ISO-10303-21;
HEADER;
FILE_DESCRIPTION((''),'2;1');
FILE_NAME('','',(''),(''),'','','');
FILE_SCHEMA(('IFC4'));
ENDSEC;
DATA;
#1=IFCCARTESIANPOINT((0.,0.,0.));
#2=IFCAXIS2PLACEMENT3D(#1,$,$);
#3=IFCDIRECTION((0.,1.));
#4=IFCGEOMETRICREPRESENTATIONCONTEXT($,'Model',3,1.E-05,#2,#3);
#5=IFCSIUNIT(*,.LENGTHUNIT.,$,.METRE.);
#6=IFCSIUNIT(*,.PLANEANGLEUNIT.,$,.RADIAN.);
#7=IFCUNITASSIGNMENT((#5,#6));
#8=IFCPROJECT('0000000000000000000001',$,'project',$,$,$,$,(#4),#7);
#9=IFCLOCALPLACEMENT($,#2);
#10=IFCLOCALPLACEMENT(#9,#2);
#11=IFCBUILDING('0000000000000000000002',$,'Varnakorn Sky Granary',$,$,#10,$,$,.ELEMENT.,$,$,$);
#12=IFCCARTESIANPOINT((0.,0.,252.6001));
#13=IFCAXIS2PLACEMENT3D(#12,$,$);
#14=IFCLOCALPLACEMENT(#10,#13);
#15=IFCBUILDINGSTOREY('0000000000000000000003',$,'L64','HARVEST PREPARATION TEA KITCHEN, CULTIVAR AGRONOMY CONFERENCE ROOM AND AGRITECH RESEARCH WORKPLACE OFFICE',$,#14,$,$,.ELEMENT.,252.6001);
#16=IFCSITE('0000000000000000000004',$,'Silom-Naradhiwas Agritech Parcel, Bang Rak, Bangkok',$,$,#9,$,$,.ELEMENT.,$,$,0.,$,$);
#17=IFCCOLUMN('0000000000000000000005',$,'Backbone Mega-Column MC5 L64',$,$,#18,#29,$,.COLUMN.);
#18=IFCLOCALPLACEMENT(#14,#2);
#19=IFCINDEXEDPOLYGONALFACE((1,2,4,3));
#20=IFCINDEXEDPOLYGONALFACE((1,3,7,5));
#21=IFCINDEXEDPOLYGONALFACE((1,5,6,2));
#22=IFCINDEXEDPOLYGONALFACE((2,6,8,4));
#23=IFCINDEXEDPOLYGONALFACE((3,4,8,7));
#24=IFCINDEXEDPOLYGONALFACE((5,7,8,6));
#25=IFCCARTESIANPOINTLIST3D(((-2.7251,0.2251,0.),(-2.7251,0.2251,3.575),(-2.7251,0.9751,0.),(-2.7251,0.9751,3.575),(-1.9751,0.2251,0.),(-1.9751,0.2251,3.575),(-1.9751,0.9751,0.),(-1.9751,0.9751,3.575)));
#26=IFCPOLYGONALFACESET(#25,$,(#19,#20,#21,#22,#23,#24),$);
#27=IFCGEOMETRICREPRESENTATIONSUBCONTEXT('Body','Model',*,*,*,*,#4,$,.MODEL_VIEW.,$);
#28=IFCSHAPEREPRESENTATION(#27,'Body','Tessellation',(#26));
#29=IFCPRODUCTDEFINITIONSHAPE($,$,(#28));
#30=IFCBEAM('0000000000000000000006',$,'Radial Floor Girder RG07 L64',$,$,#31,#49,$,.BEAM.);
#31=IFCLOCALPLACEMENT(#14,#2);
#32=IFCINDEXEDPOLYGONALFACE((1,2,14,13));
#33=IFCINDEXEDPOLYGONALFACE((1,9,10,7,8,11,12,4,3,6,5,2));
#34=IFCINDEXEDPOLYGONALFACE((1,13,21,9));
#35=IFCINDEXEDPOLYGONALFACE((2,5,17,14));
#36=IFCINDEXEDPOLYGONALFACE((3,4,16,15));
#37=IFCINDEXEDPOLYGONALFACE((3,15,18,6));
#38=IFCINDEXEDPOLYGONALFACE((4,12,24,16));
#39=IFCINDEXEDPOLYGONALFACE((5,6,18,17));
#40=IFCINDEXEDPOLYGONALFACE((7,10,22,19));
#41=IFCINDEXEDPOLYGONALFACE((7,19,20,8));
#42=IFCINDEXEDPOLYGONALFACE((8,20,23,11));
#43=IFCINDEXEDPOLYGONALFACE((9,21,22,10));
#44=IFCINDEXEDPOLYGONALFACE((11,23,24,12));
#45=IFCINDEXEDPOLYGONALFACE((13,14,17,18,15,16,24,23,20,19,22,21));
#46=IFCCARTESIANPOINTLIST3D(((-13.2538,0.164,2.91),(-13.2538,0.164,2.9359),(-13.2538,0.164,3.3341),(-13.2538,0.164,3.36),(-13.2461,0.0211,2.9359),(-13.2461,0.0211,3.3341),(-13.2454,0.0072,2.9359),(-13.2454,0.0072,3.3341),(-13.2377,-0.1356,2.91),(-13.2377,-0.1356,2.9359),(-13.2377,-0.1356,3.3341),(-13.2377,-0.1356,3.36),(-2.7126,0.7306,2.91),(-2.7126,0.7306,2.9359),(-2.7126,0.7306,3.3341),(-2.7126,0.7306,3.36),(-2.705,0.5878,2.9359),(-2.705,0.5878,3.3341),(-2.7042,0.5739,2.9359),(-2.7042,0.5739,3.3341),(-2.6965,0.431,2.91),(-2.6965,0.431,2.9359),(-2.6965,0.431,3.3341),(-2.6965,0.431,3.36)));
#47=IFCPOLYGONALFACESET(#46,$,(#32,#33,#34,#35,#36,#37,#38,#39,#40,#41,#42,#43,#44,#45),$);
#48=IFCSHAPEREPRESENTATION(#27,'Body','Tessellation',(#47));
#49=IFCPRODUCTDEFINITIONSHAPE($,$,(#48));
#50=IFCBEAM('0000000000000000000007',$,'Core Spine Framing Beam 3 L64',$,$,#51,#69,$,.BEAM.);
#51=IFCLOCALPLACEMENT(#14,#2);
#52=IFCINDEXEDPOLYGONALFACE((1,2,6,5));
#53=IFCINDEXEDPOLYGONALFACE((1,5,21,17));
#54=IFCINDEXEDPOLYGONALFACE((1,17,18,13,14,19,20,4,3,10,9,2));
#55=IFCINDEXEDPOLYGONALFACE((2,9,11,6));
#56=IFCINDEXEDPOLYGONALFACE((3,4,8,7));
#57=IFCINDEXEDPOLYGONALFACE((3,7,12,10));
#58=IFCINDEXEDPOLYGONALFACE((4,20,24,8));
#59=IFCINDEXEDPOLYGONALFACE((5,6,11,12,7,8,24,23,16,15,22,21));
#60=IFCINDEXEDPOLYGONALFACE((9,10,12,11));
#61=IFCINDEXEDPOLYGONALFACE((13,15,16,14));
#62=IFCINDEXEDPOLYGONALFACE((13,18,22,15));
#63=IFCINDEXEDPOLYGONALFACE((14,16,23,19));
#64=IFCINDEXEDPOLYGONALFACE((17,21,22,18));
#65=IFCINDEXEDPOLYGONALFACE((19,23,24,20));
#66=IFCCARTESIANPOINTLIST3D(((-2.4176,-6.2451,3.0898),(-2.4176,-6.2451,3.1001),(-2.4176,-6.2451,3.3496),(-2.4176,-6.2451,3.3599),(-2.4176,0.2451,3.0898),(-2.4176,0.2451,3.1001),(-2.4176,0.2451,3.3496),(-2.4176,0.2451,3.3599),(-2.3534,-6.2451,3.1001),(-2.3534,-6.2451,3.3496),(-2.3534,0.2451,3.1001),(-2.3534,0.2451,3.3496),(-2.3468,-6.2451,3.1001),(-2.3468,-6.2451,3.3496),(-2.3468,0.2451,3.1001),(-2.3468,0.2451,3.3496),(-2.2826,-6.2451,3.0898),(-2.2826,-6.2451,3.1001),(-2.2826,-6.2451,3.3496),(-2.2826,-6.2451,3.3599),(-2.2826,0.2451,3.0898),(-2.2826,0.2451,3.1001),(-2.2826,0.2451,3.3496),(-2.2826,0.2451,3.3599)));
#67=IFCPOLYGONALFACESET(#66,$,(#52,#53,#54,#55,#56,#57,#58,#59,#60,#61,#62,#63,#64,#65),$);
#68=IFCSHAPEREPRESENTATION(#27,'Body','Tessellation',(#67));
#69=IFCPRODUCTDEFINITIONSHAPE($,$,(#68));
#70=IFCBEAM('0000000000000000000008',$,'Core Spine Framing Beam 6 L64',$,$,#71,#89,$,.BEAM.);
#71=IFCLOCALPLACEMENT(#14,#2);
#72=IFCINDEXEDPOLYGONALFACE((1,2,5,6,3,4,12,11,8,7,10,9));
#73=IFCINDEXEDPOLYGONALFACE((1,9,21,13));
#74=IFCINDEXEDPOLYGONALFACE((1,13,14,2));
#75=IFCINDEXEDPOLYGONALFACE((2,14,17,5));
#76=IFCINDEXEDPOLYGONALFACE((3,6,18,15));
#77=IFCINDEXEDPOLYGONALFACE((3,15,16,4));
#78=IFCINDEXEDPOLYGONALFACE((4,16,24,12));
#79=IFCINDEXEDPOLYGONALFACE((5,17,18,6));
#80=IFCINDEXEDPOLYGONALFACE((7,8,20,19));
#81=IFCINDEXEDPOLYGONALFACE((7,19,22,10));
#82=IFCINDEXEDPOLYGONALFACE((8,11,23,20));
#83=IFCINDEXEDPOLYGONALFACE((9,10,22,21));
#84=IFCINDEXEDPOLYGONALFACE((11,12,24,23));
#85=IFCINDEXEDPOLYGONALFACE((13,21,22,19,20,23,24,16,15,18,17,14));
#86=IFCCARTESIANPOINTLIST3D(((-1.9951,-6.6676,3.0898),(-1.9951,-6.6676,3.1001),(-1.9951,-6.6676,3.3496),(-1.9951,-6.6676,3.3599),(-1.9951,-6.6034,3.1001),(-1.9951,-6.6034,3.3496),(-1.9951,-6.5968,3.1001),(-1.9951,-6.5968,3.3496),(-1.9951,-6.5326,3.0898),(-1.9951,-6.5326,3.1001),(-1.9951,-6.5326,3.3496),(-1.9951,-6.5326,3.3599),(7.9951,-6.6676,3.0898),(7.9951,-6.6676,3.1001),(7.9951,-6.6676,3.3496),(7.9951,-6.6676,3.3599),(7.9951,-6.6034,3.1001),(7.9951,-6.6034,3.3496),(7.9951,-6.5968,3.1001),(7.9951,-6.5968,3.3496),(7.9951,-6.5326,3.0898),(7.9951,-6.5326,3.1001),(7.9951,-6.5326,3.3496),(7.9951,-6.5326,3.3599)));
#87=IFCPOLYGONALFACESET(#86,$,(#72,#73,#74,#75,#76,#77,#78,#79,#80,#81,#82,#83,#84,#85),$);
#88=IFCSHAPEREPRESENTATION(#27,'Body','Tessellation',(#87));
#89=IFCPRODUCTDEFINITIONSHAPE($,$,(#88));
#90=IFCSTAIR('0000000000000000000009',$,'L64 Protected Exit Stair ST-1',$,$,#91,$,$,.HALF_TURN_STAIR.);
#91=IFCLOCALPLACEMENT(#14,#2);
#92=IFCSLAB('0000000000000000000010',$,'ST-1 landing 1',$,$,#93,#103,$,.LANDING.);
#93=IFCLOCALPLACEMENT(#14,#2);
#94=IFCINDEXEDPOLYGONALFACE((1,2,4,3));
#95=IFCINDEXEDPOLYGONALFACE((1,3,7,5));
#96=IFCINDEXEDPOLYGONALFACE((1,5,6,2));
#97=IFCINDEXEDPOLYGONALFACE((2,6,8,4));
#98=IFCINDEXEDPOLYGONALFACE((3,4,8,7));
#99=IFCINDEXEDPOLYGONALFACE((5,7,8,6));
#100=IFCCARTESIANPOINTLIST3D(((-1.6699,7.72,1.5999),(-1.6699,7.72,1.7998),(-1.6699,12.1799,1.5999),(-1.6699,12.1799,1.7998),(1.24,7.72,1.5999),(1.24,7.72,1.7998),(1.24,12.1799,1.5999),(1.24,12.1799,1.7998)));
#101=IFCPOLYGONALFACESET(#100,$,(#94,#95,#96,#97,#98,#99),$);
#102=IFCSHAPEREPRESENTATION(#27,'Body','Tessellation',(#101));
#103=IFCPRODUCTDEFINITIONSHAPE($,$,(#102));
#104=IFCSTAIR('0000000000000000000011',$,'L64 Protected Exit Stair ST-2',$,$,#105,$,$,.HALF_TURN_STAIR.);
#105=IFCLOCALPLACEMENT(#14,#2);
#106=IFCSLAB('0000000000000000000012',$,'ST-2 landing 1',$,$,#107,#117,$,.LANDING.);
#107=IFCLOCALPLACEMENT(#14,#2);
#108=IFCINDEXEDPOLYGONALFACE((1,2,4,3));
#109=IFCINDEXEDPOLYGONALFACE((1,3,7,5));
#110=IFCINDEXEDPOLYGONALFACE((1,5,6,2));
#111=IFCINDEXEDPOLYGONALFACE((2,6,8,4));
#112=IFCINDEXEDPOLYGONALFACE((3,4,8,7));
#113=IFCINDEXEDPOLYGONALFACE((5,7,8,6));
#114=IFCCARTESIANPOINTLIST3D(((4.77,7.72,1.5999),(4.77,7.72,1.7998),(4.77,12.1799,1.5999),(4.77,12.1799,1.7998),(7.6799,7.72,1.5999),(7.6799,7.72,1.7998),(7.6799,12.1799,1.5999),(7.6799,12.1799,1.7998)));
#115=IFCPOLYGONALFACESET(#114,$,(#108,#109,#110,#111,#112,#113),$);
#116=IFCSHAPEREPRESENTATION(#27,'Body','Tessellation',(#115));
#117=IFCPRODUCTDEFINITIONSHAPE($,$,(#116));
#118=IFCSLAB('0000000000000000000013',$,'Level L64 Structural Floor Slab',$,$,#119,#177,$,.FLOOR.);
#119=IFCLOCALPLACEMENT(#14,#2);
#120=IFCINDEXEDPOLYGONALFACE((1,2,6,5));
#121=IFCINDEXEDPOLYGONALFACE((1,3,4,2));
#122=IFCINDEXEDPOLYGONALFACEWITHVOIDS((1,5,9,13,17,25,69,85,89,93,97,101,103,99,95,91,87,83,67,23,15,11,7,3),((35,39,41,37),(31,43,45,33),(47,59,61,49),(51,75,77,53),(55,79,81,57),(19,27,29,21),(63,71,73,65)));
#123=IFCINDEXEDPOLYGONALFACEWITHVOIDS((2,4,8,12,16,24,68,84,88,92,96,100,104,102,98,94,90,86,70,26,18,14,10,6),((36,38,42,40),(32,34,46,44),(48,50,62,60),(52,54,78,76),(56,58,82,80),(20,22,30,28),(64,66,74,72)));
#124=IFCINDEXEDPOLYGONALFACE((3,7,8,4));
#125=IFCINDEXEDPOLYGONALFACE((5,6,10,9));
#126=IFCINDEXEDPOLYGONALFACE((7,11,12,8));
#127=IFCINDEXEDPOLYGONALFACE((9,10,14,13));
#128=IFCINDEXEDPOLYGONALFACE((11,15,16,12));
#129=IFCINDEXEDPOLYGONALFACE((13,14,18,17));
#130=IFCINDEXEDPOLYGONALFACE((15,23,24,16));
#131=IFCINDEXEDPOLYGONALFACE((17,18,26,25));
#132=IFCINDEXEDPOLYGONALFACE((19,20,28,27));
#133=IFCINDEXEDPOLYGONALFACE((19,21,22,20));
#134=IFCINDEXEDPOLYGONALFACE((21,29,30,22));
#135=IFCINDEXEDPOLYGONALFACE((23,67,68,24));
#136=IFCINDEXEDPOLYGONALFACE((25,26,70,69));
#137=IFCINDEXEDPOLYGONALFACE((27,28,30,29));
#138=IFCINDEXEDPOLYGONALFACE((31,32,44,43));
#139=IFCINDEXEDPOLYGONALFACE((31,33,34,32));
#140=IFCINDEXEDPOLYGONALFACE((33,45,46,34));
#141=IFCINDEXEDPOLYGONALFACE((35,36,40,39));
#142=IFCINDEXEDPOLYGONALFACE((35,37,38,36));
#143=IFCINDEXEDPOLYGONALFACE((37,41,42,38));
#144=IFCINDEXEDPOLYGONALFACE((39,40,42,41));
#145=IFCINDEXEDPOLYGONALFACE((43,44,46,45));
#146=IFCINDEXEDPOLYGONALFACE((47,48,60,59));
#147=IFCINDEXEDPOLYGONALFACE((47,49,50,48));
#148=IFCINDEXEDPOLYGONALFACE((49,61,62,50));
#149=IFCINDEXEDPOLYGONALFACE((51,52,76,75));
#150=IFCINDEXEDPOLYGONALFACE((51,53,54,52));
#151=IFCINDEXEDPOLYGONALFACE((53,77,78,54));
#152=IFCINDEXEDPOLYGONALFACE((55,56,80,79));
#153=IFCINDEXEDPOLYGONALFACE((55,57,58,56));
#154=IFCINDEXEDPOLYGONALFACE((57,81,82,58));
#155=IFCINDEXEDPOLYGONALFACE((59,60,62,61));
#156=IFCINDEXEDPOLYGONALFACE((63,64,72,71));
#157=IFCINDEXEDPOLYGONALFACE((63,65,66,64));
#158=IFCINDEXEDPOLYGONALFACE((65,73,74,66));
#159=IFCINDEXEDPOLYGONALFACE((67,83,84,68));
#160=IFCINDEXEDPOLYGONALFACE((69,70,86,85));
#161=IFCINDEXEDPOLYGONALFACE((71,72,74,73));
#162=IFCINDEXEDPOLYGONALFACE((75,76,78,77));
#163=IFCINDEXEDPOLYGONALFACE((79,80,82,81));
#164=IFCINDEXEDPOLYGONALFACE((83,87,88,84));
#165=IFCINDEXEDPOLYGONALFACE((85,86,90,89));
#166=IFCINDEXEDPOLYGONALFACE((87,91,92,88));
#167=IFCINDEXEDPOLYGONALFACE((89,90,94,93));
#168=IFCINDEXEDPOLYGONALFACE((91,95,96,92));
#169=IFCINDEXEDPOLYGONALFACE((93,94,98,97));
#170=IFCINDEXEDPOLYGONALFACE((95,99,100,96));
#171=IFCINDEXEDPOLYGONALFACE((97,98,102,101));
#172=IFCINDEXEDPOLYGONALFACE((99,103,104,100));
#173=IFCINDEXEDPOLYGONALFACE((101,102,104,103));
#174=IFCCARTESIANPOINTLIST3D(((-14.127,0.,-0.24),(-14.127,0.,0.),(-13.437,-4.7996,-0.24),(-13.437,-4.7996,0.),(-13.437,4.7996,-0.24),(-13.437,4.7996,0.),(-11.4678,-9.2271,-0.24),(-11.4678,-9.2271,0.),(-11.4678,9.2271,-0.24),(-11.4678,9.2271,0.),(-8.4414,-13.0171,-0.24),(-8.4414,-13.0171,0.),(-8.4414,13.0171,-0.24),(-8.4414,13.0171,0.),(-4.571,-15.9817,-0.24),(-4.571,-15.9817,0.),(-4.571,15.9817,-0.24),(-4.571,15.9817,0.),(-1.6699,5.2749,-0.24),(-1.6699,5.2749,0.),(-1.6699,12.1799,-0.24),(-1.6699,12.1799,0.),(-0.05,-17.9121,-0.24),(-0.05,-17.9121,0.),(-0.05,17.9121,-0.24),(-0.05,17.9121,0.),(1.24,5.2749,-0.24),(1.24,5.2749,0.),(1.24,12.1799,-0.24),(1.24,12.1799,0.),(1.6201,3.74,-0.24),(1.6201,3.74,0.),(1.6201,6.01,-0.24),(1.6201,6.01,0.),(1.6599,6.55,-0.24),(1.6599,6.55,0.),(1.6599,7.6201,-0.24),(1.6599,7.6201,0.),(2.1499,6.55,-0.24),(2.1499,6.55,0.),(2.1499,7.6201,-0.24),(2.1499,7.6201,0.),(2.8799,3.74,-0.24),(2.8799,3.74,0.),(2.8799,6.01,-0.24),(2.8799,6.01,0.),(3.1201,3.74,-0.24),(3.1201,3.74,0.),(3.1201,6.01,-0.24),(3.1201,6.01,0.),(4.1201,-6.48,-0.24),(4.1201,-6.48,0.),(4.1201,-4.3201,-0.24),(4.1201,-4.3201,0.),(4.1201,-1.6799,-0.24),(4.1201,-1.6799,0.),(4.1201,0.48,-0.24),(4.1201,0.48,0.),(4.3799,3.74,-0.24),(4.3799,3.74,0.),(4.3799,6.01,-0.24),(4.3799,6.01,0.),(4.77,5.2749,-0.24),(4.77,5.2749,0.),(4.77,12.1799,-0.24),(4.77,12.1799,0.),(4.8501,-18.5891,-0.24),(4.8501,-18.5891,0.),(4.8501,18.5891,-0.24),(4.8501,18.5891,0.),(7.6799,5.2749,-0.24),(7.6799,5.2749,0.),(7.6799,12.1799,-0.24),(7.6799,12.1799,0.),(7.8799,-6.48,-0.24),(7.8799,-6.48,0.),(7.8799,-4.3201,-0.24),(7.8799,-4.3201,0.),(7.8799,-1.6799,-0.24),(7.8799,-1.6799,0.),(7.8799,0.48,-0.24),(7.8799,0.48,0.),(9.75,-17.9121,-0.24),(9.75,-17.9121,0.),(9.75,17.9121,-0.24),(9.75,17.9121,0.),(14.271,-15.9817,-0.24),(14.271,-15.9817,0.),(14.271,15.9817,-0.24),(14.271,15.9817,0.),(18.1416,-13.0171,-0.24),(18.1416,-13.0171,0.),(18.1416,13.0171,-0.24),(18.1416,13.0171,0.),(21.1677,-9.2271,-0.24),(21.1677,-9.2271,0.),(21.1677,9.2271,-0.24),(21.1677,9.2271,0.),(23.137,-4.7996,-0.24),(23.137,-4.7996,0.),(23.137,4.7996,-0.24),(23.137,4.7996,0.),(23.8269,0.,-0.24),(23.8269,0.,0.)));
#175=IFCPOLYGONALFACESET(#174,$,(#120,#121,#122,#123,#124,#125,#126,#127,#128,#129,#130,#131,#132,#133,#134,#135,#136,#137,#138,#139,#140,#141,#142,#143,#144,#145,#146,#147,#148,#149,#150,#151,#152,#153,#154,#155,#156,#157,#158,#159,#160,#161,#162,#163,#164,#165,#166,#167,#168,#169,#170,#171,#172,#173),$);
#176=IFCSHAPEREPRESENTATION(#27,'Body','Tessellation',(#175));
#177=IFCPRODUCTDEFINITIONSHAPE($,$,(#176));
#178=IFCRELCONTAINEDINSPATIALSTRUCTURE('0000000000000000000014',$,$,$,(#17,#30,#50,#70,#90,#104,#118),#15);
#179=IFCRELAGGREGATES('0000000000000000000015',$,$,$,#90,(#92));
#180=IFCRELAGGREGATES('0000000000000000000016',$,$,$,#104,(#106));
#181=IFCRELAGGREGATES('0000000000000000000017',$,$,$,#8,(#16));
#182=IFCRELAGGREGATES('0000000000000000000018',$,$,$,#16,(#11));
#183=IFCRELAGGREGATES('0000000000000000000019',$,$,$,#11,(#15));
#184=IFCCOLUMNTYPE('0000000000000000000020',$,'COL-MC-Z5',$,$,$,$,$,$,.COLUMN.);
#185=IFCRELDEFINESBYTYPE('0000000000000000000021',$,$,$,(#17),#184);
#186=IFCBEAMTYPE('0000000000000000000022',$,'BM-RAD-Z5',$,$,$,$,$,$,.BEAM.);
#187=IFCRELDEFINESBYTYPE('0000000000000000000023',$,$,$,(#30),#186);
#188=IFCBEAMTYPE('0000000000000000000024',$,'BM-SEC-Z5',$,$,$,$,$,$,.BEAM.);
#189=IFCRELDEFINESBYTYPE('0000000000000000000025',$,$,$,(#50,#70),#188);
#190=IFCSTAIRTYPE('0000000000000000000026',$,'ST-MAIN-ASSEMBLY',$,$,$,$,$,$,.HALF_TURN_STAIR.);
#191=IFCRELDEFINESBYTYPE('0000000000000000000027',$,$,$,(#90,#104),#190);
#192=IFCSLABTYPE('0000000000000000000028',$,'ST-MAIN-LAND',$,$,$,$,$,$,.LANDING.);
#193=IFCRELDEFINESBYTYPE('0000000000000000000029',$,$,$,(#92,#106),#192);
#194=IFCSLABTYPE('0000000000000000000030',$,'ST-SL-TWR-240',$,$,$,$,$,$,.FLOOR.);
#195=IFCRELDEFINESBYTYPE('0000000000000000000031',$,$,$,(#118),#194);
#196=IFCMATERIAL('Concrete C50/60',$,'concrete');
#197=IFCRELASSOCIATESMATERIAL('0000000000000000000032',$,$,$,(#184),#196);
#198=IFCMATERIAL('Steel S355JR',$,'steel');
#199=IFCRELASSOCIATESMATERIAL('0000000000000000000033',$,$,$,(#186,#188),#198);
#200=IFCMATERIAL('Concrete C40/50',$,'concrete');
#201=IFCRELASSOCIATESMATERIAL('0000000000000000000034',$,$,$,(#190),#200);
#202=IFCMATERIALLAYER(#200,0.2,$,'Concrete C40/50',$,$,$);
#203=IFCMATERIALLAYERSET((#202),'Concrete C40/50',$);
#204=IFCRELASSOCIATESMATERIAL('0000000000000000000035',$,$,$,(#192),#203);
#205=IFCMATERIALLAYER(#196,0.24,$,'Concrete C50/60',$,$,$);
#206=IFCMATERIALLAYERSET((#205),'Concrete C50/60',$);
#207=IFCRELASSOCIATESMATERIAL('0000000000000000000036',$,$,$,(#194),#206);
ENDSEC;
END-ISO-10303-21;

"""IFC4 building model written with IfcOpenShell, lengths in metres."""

from ifc_helpers import new_model, si_unit, direction, frame, origin, origin_2d, place, context, subcontext, project, spatial, polyline, rectangle, i_section, outline, extrude, material, layer, layer_set, material_profile, profile_set, type_object, element, aggregate, save


model = new_model("IFC4")

# Units and contexts
model_context = context("Model", 3, precision=1e-05, world=origin(), true_north=direction((0.0, 1.0)))
body_context = subcontext(model_context, "Body", "Model", "MODEL_VIEW")
ifc_project = project(units=[si_unit("LENGTHUNIT", "METRE"), si_unit("PLANEANGLEUNIT", "RADIAN")], contexts=[model_context])

# Site, building, storey
site_placement = place(None, origin())
site = spatial("IfcSite", under=ifc_project, at=site_placement, Name="Silom-Naradhiwas Agritech Parcel, Bang Rak, Bangkok", CompositionType="ELEMENT", RefElevation=0.0)
building_placement = place(site_placement, origin())
building = spatial("IfcBuilding", under=site, at=building_placement, Name="Varnakorn Sky Granary", CompositionType="ELEMENT")
storey_placement = place(building_placement, frame((0.0, 0.0, 252.6001)))
storey = spatial("IfcBuildingStorey", under=building, at=storey_placement, Name="L64", Description="HARVEST PREPARATION TEA KITCHEN, CULTIVAR AGRONOMY CONFERENCE ROOM AND AGRITECH RESEARCH WORKPLACE OFFICE", CompositionType="ELEMENT", Elevation=252.6001)

# Column
ifc_material_1 = material(Name="Concrete C50/60", Category="concrete")
ifc_material_profile_1 = material_profile(ifc_material_1, rectangle(XDim=0.75, YDim=0.75, at=origin_2d()), Name="RC 750x750")
ifc_profile_set_1 = profile_set([ifc_material_profile_1], Name="Concrete C50/60")
column_type = type_object("IfcColumnType", Name="COL-MC-Z5", PredefinedType="COLUMN", material=ifc_profile_set_1)
column_placement = place(storey_placement, frame((-2.3501, 0.6001, 0.0), z_axis=(0.0, 0.0, 1.0), x_axis=(1.0, 0.0, 0.0)))
element("IfcColumn", 1, at=column_placement, inside=storey, type_object=column_type, Name="Backbone Mega-Column MC5 L64", PredefinedType="COLUMN", context=body_context, shape_type="SweptSolid", body=[
    extrude(rectangle(XDim=0.75, YDim=0.75, at=origin_2d()), origin(), (0.0, 0.0, 1.0), 3.575),
])

# Beams
ifc_material_2 = material(Name="Steel S355JR", Category="steel")
ifc_material_profile_2 = material_profile(ifc_material_2, i_section(OverallWidth=0.3, OverallDepth=0.45, WebThickness=0.0139, FlangeThickness=0.0259, at=origin_2d()), Name="HE 450 B")
ifc_profile_set_2 = profile_set([ifc_material_profile_2], Name="Steel S355JR")
beam_type_1 = type_object("IfcBeamType", Name="BM-RAD-Z5", PredefinedType="BEAM", material=ifc_profile_set_2)
beam_1_placement = place(storey_placement, frame((-2.7046, 0.5808, 3.135), z_axis=(-0.998558, -0.053678, 0.0), x_axis=(0.053678, -0.998558, 0.0)))
element("IfcBeam", 2, at=beam_1_placement, inside=storey, type_object=beam_type_1, Name="Radial Floor Girder RG07 L64", PredefinedType="BEAM", context=body_context, shape_type="SweptSolid", body=[
    extrude(i_section(OverallWidth=0.3, OverallDepth=0.45, WebThickness=0.0139, FlangeThickness=0.0259, at=origin_2d()), origin(), (0.0, 0.0, 1.0), 10.5564),
])
ifc_material_profile_3 = material_profile(ifc_material_2, i_section(OverallWidth=0.135, OverallDepth=0.27, WebThickness=0.0066, FlangeThickness=0.0103, at=origin_2d()), Name="IPE 270")
ifc_profile_set_3 = profile_set([ifc_material_profile_3], Name="Steel S355JR")
beam_type_2 = type_object("IfcBeamType", Name="BM-SEC-Z5", PredefinedType="BEAM", material=ifc_profile_set_3)
beam_2_placement = place(storey_placement, frame((-2.3501, 0.2451, 3.2249), z_axis=(0.0, -1.0, 0.0), x_axis=(1.0, 0.0, 0.0)))
element("IfcBeam", 3, at=beam_2_placement, inside=storey, type_object=beam_type_2, Name="Core Spine Framing Beam 3 L64", PredefinedType="BEAM", context=body_context, shape_type="SweptSolid", body=[
    extrude(i_section(OverallWidth=0.135, OverallDepth=0.27, WebThickness=0.0066, FlangeThickness=0.0103, at=origin_2d()), origin(), (0.0, 0.0, 1.0), 6.4902),
])
beam_3_placement = place(storey_placement, frame((-1.9951, -6.6001, 3.2249), z_axis=(1.0, 0.0, 0.0), x_axis=(0.0, 1.0, 0.0)))
element("IfcBeam", 4, at=beam_3_placement, inside=storey, type_object=beam_type_2, Name="Core Spine Framing Beam 6 L64", PredefinedType="BEAM", context=body_context, shape_type="SweptSolid", body=[
    extrude(i_section(OverallWidth=0.135, OverallDepth=0.27, WebThickness=0.0066, FlangeThickness=0.0103, at=origin_2d()), origin(), (0.0, 0.0, 1.0), 9.9902),
])

# Stairs, slabs
ifc_material_3 = material(Name="Concrete C40/50", Category="concrete")
stair_type = type_object("IfcStairType", Name="ST-MAIN-ASSEMBLY", PredefinedType="HALF_TURN_STAIR", material=ifc_material_3)
stair_1_placement = place(storey_placement, origin())
stair_1 = element("IfcStair", 5, at=stair_1_placement, inside=storey, type_object=stair_type, Name="L64 Protected Exit Stair ST-1", PredefinedType="HALF_TURN_STAIR")
ifc_layer_1 = layer(ifc_material_3, 0.2, Name="Concrete C40/50")
ifc_layer_set_1 = layer_set([ifc_layer_1], Name="Concrete C40/50")
slab_type_1 = type_object("IfcSlabType", Name="ST-MAIN-LAND", PredefinedType="LANDING", material=ifc_layer_set_1)
slab_1_placement = place(storey_placement, frame((0.0, 0.0, 1.5999)))
slab_1 = element("IfcSlab", 6, at=slab_1_placement, type_object=slab_type_1, Name="ST-1 landing 1", PredefinedType="LANDING", context=body_context, shape_type="SweptSolid", body=[
    extrude(outline(polyline([(1.24, 7.72), (1.24, 12.1799), (-1.6699, 12.1799), (-1.6699, 7.72), (1.24, 7.72)])), origin(), (0.0, 0.0, 1.0), 0.2),
])
aggregate(stair_1, [slab_1])
stair_2_placement = place(storey_placement, origin())
stair_2 = element("IfcStair", 7, at=stair_2_placement, inside=storey, type_object=stair_type, Name="L64 Protected Exit Stair ST-2", PredefinedType="HALF_TURN_STAIR")
slab_2_placement = place(storey_placement, frame((0.0, 0.0, 1.5999)))
slab_2 = element("IfcSlab", 8, at=slab_2_placement, type_object=slab_type_1, Name="ST-2 landing 1", PredefinedType="LANDING", context=body_context, shape_type="SweptSolid", body=[
    extrude(outline(polyline([(7.6799, 7.72), (7.6799, 12.1799), (4.77, 12.1799), (4.77, 7.72), (7.6799, 7.72)])), origin(), (0.0, 0.0, 1.0), 0.2),
])
aggregate(stair_2, [slab_2])

# Slab
ifc_layer_2 = layer(ifc_material_1, 0.24, Name="Concrete C50/60")
ifc_layer_set_2 = layer_set([ifc_layer_2], Name="Concrete C50/60")
slab_type_2 = type_object("IfcSlabType", Name="ST-SL-TWR-240", PredefinedType="FLOOR", material=ifc_layer_set_2)
slab_3_placement = place(storey_placement, frame((0.0, 0.0, -0.24)))
element("IfcSlab", 9, at=slab_3_placement, inside=storey, type_object=slab_type_2, Name="Level L64 Structural Floor Slab", PredefinedType="FLOOR", context=body_context, shape_type="SweptSolid", body=[
    extrude(outline(polyline([(23.8269, 0.0), (23.137, 4.7996), (21.1677, 9.2271), (18.1416, 13.0171), (14.271, 15.9817), (9.75, 17.9121), (4.8501, 18.5891), (-0.05, 17.9121), (-4.571, 15.9817), (-8.4414, 13.0171), (-11.4678, 9.2271), (-13.437, 4.7996), (-14.127, 0.0), (-13.437, -4.7996), (-11.4678, -9.2271), (-8.4414, -13.0171), (-4.571, -15.9817), (-0.05, -17.9121), (4.8501, -18.5891), (9.75, -17.9121), (14.271, -15.9817), (18.1416, -13.0171), (21.1677, -9.2271), (23.137, -4.7996), (23.8269, 0.0)]), holes=[polyline([(1.24, 5.2749), (1.24, 12.1799), (-1.6699, 12.1799), (-1.6699, 5.2749), (1.24, 5.2749)]), polyline([(7.6799, 5.2749), (7.6799, 12.1799), (4.77, 12.1799), (4.77, 5.2749), (7.6799, 5.2749)]), polyline([(1.6599, 6.55), (2.1499, 6.55), (2.1499, 7.6201), (1.6599, 7.6201), (1.6599, 6.55)]), polyline([(1.6201, 3.74), (2.8799, 3.74), (2.8799, 6.01), (1.6201, 6.01), (1.6201, 3.74)]), polyline([(3.1201, 3.74), (4.3799, 3.74), (4.3799, 6.01), (3.1201, 6.01), (3.1201, 3.74)]), polyline([(4.1201, -1.6799), (7.8799, -1.6799), (7.8799, 0.48), (4.1201, 0.48), (4.1201, -1.6799)]), polyline([(4.1201, -6.48), (7.8799, -6.48), (7.8799, -4.3201), (4.1201, -4.3201), (4.1201, -6.48)])]), origin(), (0.0, 0.0, 1.0), 0.24),
])

save(model, "model.ifc")
